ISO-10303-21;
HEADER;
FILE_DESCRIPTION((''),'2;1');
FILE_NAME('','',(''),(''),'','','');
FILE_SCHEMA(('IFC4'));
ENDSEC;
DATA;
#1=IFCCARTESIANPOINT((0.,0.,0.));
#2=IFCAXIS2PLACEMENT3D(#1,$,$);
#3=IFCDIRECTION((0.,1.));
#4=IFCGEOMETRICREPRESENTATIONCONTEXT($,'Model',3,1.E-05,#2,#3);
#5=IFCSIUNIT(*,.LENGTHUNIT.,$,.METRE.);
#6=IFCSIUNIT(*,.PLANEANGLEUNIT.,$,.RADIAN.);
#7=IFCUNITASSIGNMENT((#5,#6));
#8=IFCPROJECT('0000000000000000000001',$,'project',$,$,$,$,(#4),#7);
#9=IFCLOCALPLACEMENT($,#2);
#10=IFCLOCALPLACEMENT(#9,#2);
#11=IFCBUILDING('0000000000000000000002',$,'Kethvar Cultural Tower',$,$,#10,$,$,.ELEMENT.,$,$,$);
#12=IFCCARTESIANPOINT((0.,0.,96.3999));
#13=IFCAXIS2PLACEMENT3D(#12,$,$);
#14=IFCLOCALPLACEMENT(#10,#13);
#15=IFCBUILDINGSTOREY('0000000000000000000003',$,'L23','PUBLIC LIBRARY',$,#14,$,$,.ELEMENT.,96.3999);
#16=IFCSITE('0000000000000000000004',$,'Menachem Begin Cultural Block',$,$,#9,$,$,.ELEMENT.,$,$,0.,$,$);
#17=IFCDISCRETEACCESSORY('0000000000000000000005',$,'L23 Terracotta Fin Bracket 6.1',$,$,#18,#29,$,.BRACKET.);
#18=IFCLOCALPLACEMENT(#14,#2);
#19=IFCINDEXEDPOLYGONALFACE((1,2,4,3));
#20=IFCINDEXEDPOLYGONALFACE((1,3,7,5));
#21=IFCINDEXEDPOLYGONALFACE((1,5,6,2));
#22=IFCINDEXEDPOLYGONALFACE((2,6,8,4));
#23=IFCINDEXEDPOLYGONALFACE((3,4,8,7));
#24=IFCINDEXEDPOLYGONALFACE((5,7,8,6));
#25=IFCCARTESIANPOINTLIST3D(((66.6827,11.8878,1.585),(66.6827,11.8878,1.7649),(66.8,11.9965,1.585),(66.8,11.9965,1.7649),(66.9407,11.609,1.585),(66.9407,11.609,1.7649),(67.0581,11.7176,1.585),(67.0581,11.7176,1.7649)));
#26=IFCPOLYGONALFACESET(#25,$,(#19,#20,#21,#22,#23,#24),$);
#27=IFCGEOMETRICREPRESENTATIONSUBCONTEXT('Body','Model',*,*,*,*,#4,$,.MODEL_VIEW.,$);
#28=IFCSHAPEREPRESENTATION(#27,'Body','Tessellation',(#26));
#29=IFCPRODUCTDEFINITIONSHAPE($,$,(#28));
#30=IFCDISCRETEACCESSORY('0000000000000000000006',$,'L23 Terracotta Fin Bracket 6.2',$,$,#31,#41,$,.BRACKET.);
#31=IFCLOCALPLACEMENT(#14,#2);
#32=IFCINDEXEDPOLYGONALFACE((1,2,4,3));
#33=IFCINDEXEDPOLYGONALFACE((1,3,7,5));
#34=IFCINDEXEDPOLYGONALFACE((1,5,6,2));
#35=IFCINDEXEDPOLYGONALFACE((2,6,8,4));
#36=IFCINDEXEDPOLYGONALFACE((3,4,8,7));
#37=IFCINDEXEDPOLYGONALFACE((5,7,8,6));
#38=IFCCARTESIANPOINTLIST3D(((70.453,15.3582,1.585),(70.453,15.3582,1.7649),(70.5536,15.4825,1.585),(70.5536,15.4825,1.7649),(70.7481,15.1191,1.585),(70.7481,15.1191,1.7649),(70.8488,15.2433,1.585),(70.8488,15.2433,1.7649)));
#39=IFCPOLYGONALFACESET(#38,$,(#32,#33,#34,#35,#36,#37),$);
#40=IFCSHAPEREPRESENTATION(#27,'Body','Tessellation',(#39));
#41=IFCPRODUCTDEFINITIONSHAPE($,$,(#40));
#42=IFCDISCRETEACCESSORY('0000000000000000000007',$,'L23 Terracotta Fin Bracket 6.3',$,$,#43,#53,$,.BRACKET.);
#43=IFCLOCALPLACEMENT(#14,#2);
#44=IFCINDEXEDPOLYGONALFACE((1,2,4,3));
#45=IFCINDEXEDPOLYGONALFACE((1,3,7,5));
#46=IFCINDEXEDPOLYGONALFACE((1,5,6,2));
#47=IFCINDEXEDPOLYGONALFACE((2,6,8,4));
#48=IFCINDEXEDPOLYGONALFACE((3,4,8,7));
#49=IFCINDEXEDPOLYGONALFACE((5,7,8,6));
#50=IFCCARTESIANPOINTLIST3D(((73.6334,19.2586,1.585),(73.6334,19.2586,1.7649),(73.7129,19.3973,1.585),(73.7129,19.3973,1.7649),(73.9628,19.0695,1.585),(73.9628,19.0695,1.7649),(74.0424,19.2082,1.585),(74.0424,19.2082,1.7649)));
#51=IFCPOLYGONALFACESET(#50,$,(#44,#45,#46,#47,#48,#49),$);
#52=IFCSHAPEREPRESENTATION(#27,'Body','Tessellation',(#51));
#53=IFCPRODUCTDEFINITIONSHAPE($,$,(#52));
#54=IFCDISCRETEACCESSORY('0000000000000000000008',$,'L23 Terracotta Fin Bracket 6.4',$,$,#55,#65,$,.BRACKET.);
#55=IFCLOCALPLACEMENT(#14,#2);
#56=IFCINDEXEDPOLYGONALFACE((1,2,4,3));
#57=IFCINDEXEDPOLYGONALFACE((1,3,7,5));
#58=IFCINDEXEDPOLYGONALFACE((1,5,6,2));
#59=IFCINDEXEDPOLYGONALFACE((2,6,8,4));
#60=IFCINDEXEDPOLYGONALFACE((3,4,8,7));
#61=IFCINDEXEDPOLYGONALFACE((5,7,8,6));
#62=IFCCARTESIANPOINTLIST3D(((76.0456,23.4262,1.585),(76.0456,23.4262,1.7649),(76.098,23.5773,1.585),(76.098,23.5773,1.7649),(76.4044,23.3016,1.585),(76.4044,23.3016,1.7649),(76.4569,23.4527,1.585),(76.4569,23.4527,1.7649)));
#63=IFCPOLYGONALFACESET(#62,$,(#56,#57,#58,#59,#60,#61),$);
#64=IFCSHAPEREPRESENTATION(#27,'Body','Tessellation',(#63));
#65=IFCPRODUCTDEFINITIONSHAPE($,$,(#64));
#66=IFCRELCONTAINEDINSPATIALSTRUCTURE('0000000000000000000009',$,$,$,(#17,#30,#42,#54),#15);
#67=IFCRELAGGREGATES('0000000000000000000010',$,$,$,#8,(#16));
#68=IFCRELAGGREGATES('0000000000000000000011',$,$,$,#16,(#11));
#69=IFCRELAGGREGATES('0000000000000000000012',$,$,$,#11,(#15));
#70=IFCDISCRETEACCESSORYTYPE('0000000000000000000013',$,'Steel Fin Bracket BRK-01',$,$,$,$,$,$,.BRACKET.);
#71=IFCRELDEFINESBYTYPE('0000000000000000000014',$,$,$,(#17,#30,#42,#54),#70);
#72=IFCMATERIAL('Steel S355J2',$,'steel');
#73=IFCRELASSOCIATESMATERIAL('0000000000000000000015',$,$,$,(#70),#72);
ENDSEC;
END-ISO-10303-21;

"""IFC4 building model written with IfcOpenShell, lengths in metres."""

from ifc_helpers import new_model, si_unit, direction, frame, origin, origin_2d, place, context, subcontext, project, spatial, rectangle, extrude, source, transform, mapped, material, type_object, element, save


model = new_model("IFC4")

# Units and contexts
model_context = context("Model", 3, precision=1e-05, world=origin(), true_north=direction((0.0, 1.0)))
body_context = subcontext(model_context, "Body", "Model", "MODEL_VIEW")
ifc_project = project(units=[si_unit("LENGTHUNIT", "METRE"), si_unit("PLANEANGLEUNIT", "RADIAN")], contexts=[model_context])

# Site, building, storey
site_placement = place(None, origin())
site = spatial("IfcSite", under=ifc_project, at=site_placement, Name="Menachem Begin Cultural Block", CompositionType="ELEMENT", RefElevation=0.0)
building_placement = place(site_placement, origin())
building = spatial("IfcBuilding", under=site, at=building_placement, Name="Kethvar Cultural Tower", CompositionType="ELEMENT")
storey_placement = place(building_placement, frame((0.0, 0.0, 96.3999)))
storey = spatial("IfcBuildingStorey", under=building, at=storey_placement, Name="L23", Description="PUBLIC LIBRARY", CompositionType="ELEMENT", Elevation=96.3999)

# Shared definitions
ifc_material_1 = material(Name="Steel S355J2", Category="steel")

# Discrete accessories
discrete_accessory_type = type_object("IfcDiscreteAccessoryType", Name="Steel Fin Bracket BRK-01", PredefinedType="BRACKET", material=ifc_material_1)
shared_shape_1 = source(origin(), body_context, "Body", "SweptSolid", [
    extrude(rectangle(XDim=0.3799, YDim=0.1599, at=origin_2d()), origin(), (0.0, 0.0, 1.0), 0.1799),
])
for number, where, z_axis, x_axis, name in (
    (1, (66.8704, 11.8027, 1.585), (0.0, 0.0, 1.0), (0.679185, -0.733967, 0.0), "L23 Terracotta Fin Bracket 6.1"),
    (2, (70.6509, 15.3008, 1.585), (0.0, 0.0, 1.0), (0.776926, -0.629592, 0.0), "L23 Terracotta Fin Bracket 6.2"),
    (3, (73.8379, 19.2334, 1.585), (0.0, 0.0, 1.0), (0.867331, -0.497731, 0.0), "L23 Terracotta Fin Bracket 6.3"),
    (4, (76.2512, 23.4395, 1.585), (0.0, 0.0, 1.0), (0.94472, -0.327878, 0.0), "L23 Terracotta Fin Bracket 6.4"),
):
    element("IfcDiscreteAccessory", number, at=place(storey_placement, frame(where, z_axis=z_axis, x_axis=x_axis)), inside=storey, type_object=discrete_accessory_type, Name=name, PredefinedType="BRACKET", context=body_context, shape_type="MappedRepresentation", body=[
        mapped(shared_shape_1, transform((0.0, 0.0, 0.0), scale=1.0)),
    ])

save(model, "model.ifc")
